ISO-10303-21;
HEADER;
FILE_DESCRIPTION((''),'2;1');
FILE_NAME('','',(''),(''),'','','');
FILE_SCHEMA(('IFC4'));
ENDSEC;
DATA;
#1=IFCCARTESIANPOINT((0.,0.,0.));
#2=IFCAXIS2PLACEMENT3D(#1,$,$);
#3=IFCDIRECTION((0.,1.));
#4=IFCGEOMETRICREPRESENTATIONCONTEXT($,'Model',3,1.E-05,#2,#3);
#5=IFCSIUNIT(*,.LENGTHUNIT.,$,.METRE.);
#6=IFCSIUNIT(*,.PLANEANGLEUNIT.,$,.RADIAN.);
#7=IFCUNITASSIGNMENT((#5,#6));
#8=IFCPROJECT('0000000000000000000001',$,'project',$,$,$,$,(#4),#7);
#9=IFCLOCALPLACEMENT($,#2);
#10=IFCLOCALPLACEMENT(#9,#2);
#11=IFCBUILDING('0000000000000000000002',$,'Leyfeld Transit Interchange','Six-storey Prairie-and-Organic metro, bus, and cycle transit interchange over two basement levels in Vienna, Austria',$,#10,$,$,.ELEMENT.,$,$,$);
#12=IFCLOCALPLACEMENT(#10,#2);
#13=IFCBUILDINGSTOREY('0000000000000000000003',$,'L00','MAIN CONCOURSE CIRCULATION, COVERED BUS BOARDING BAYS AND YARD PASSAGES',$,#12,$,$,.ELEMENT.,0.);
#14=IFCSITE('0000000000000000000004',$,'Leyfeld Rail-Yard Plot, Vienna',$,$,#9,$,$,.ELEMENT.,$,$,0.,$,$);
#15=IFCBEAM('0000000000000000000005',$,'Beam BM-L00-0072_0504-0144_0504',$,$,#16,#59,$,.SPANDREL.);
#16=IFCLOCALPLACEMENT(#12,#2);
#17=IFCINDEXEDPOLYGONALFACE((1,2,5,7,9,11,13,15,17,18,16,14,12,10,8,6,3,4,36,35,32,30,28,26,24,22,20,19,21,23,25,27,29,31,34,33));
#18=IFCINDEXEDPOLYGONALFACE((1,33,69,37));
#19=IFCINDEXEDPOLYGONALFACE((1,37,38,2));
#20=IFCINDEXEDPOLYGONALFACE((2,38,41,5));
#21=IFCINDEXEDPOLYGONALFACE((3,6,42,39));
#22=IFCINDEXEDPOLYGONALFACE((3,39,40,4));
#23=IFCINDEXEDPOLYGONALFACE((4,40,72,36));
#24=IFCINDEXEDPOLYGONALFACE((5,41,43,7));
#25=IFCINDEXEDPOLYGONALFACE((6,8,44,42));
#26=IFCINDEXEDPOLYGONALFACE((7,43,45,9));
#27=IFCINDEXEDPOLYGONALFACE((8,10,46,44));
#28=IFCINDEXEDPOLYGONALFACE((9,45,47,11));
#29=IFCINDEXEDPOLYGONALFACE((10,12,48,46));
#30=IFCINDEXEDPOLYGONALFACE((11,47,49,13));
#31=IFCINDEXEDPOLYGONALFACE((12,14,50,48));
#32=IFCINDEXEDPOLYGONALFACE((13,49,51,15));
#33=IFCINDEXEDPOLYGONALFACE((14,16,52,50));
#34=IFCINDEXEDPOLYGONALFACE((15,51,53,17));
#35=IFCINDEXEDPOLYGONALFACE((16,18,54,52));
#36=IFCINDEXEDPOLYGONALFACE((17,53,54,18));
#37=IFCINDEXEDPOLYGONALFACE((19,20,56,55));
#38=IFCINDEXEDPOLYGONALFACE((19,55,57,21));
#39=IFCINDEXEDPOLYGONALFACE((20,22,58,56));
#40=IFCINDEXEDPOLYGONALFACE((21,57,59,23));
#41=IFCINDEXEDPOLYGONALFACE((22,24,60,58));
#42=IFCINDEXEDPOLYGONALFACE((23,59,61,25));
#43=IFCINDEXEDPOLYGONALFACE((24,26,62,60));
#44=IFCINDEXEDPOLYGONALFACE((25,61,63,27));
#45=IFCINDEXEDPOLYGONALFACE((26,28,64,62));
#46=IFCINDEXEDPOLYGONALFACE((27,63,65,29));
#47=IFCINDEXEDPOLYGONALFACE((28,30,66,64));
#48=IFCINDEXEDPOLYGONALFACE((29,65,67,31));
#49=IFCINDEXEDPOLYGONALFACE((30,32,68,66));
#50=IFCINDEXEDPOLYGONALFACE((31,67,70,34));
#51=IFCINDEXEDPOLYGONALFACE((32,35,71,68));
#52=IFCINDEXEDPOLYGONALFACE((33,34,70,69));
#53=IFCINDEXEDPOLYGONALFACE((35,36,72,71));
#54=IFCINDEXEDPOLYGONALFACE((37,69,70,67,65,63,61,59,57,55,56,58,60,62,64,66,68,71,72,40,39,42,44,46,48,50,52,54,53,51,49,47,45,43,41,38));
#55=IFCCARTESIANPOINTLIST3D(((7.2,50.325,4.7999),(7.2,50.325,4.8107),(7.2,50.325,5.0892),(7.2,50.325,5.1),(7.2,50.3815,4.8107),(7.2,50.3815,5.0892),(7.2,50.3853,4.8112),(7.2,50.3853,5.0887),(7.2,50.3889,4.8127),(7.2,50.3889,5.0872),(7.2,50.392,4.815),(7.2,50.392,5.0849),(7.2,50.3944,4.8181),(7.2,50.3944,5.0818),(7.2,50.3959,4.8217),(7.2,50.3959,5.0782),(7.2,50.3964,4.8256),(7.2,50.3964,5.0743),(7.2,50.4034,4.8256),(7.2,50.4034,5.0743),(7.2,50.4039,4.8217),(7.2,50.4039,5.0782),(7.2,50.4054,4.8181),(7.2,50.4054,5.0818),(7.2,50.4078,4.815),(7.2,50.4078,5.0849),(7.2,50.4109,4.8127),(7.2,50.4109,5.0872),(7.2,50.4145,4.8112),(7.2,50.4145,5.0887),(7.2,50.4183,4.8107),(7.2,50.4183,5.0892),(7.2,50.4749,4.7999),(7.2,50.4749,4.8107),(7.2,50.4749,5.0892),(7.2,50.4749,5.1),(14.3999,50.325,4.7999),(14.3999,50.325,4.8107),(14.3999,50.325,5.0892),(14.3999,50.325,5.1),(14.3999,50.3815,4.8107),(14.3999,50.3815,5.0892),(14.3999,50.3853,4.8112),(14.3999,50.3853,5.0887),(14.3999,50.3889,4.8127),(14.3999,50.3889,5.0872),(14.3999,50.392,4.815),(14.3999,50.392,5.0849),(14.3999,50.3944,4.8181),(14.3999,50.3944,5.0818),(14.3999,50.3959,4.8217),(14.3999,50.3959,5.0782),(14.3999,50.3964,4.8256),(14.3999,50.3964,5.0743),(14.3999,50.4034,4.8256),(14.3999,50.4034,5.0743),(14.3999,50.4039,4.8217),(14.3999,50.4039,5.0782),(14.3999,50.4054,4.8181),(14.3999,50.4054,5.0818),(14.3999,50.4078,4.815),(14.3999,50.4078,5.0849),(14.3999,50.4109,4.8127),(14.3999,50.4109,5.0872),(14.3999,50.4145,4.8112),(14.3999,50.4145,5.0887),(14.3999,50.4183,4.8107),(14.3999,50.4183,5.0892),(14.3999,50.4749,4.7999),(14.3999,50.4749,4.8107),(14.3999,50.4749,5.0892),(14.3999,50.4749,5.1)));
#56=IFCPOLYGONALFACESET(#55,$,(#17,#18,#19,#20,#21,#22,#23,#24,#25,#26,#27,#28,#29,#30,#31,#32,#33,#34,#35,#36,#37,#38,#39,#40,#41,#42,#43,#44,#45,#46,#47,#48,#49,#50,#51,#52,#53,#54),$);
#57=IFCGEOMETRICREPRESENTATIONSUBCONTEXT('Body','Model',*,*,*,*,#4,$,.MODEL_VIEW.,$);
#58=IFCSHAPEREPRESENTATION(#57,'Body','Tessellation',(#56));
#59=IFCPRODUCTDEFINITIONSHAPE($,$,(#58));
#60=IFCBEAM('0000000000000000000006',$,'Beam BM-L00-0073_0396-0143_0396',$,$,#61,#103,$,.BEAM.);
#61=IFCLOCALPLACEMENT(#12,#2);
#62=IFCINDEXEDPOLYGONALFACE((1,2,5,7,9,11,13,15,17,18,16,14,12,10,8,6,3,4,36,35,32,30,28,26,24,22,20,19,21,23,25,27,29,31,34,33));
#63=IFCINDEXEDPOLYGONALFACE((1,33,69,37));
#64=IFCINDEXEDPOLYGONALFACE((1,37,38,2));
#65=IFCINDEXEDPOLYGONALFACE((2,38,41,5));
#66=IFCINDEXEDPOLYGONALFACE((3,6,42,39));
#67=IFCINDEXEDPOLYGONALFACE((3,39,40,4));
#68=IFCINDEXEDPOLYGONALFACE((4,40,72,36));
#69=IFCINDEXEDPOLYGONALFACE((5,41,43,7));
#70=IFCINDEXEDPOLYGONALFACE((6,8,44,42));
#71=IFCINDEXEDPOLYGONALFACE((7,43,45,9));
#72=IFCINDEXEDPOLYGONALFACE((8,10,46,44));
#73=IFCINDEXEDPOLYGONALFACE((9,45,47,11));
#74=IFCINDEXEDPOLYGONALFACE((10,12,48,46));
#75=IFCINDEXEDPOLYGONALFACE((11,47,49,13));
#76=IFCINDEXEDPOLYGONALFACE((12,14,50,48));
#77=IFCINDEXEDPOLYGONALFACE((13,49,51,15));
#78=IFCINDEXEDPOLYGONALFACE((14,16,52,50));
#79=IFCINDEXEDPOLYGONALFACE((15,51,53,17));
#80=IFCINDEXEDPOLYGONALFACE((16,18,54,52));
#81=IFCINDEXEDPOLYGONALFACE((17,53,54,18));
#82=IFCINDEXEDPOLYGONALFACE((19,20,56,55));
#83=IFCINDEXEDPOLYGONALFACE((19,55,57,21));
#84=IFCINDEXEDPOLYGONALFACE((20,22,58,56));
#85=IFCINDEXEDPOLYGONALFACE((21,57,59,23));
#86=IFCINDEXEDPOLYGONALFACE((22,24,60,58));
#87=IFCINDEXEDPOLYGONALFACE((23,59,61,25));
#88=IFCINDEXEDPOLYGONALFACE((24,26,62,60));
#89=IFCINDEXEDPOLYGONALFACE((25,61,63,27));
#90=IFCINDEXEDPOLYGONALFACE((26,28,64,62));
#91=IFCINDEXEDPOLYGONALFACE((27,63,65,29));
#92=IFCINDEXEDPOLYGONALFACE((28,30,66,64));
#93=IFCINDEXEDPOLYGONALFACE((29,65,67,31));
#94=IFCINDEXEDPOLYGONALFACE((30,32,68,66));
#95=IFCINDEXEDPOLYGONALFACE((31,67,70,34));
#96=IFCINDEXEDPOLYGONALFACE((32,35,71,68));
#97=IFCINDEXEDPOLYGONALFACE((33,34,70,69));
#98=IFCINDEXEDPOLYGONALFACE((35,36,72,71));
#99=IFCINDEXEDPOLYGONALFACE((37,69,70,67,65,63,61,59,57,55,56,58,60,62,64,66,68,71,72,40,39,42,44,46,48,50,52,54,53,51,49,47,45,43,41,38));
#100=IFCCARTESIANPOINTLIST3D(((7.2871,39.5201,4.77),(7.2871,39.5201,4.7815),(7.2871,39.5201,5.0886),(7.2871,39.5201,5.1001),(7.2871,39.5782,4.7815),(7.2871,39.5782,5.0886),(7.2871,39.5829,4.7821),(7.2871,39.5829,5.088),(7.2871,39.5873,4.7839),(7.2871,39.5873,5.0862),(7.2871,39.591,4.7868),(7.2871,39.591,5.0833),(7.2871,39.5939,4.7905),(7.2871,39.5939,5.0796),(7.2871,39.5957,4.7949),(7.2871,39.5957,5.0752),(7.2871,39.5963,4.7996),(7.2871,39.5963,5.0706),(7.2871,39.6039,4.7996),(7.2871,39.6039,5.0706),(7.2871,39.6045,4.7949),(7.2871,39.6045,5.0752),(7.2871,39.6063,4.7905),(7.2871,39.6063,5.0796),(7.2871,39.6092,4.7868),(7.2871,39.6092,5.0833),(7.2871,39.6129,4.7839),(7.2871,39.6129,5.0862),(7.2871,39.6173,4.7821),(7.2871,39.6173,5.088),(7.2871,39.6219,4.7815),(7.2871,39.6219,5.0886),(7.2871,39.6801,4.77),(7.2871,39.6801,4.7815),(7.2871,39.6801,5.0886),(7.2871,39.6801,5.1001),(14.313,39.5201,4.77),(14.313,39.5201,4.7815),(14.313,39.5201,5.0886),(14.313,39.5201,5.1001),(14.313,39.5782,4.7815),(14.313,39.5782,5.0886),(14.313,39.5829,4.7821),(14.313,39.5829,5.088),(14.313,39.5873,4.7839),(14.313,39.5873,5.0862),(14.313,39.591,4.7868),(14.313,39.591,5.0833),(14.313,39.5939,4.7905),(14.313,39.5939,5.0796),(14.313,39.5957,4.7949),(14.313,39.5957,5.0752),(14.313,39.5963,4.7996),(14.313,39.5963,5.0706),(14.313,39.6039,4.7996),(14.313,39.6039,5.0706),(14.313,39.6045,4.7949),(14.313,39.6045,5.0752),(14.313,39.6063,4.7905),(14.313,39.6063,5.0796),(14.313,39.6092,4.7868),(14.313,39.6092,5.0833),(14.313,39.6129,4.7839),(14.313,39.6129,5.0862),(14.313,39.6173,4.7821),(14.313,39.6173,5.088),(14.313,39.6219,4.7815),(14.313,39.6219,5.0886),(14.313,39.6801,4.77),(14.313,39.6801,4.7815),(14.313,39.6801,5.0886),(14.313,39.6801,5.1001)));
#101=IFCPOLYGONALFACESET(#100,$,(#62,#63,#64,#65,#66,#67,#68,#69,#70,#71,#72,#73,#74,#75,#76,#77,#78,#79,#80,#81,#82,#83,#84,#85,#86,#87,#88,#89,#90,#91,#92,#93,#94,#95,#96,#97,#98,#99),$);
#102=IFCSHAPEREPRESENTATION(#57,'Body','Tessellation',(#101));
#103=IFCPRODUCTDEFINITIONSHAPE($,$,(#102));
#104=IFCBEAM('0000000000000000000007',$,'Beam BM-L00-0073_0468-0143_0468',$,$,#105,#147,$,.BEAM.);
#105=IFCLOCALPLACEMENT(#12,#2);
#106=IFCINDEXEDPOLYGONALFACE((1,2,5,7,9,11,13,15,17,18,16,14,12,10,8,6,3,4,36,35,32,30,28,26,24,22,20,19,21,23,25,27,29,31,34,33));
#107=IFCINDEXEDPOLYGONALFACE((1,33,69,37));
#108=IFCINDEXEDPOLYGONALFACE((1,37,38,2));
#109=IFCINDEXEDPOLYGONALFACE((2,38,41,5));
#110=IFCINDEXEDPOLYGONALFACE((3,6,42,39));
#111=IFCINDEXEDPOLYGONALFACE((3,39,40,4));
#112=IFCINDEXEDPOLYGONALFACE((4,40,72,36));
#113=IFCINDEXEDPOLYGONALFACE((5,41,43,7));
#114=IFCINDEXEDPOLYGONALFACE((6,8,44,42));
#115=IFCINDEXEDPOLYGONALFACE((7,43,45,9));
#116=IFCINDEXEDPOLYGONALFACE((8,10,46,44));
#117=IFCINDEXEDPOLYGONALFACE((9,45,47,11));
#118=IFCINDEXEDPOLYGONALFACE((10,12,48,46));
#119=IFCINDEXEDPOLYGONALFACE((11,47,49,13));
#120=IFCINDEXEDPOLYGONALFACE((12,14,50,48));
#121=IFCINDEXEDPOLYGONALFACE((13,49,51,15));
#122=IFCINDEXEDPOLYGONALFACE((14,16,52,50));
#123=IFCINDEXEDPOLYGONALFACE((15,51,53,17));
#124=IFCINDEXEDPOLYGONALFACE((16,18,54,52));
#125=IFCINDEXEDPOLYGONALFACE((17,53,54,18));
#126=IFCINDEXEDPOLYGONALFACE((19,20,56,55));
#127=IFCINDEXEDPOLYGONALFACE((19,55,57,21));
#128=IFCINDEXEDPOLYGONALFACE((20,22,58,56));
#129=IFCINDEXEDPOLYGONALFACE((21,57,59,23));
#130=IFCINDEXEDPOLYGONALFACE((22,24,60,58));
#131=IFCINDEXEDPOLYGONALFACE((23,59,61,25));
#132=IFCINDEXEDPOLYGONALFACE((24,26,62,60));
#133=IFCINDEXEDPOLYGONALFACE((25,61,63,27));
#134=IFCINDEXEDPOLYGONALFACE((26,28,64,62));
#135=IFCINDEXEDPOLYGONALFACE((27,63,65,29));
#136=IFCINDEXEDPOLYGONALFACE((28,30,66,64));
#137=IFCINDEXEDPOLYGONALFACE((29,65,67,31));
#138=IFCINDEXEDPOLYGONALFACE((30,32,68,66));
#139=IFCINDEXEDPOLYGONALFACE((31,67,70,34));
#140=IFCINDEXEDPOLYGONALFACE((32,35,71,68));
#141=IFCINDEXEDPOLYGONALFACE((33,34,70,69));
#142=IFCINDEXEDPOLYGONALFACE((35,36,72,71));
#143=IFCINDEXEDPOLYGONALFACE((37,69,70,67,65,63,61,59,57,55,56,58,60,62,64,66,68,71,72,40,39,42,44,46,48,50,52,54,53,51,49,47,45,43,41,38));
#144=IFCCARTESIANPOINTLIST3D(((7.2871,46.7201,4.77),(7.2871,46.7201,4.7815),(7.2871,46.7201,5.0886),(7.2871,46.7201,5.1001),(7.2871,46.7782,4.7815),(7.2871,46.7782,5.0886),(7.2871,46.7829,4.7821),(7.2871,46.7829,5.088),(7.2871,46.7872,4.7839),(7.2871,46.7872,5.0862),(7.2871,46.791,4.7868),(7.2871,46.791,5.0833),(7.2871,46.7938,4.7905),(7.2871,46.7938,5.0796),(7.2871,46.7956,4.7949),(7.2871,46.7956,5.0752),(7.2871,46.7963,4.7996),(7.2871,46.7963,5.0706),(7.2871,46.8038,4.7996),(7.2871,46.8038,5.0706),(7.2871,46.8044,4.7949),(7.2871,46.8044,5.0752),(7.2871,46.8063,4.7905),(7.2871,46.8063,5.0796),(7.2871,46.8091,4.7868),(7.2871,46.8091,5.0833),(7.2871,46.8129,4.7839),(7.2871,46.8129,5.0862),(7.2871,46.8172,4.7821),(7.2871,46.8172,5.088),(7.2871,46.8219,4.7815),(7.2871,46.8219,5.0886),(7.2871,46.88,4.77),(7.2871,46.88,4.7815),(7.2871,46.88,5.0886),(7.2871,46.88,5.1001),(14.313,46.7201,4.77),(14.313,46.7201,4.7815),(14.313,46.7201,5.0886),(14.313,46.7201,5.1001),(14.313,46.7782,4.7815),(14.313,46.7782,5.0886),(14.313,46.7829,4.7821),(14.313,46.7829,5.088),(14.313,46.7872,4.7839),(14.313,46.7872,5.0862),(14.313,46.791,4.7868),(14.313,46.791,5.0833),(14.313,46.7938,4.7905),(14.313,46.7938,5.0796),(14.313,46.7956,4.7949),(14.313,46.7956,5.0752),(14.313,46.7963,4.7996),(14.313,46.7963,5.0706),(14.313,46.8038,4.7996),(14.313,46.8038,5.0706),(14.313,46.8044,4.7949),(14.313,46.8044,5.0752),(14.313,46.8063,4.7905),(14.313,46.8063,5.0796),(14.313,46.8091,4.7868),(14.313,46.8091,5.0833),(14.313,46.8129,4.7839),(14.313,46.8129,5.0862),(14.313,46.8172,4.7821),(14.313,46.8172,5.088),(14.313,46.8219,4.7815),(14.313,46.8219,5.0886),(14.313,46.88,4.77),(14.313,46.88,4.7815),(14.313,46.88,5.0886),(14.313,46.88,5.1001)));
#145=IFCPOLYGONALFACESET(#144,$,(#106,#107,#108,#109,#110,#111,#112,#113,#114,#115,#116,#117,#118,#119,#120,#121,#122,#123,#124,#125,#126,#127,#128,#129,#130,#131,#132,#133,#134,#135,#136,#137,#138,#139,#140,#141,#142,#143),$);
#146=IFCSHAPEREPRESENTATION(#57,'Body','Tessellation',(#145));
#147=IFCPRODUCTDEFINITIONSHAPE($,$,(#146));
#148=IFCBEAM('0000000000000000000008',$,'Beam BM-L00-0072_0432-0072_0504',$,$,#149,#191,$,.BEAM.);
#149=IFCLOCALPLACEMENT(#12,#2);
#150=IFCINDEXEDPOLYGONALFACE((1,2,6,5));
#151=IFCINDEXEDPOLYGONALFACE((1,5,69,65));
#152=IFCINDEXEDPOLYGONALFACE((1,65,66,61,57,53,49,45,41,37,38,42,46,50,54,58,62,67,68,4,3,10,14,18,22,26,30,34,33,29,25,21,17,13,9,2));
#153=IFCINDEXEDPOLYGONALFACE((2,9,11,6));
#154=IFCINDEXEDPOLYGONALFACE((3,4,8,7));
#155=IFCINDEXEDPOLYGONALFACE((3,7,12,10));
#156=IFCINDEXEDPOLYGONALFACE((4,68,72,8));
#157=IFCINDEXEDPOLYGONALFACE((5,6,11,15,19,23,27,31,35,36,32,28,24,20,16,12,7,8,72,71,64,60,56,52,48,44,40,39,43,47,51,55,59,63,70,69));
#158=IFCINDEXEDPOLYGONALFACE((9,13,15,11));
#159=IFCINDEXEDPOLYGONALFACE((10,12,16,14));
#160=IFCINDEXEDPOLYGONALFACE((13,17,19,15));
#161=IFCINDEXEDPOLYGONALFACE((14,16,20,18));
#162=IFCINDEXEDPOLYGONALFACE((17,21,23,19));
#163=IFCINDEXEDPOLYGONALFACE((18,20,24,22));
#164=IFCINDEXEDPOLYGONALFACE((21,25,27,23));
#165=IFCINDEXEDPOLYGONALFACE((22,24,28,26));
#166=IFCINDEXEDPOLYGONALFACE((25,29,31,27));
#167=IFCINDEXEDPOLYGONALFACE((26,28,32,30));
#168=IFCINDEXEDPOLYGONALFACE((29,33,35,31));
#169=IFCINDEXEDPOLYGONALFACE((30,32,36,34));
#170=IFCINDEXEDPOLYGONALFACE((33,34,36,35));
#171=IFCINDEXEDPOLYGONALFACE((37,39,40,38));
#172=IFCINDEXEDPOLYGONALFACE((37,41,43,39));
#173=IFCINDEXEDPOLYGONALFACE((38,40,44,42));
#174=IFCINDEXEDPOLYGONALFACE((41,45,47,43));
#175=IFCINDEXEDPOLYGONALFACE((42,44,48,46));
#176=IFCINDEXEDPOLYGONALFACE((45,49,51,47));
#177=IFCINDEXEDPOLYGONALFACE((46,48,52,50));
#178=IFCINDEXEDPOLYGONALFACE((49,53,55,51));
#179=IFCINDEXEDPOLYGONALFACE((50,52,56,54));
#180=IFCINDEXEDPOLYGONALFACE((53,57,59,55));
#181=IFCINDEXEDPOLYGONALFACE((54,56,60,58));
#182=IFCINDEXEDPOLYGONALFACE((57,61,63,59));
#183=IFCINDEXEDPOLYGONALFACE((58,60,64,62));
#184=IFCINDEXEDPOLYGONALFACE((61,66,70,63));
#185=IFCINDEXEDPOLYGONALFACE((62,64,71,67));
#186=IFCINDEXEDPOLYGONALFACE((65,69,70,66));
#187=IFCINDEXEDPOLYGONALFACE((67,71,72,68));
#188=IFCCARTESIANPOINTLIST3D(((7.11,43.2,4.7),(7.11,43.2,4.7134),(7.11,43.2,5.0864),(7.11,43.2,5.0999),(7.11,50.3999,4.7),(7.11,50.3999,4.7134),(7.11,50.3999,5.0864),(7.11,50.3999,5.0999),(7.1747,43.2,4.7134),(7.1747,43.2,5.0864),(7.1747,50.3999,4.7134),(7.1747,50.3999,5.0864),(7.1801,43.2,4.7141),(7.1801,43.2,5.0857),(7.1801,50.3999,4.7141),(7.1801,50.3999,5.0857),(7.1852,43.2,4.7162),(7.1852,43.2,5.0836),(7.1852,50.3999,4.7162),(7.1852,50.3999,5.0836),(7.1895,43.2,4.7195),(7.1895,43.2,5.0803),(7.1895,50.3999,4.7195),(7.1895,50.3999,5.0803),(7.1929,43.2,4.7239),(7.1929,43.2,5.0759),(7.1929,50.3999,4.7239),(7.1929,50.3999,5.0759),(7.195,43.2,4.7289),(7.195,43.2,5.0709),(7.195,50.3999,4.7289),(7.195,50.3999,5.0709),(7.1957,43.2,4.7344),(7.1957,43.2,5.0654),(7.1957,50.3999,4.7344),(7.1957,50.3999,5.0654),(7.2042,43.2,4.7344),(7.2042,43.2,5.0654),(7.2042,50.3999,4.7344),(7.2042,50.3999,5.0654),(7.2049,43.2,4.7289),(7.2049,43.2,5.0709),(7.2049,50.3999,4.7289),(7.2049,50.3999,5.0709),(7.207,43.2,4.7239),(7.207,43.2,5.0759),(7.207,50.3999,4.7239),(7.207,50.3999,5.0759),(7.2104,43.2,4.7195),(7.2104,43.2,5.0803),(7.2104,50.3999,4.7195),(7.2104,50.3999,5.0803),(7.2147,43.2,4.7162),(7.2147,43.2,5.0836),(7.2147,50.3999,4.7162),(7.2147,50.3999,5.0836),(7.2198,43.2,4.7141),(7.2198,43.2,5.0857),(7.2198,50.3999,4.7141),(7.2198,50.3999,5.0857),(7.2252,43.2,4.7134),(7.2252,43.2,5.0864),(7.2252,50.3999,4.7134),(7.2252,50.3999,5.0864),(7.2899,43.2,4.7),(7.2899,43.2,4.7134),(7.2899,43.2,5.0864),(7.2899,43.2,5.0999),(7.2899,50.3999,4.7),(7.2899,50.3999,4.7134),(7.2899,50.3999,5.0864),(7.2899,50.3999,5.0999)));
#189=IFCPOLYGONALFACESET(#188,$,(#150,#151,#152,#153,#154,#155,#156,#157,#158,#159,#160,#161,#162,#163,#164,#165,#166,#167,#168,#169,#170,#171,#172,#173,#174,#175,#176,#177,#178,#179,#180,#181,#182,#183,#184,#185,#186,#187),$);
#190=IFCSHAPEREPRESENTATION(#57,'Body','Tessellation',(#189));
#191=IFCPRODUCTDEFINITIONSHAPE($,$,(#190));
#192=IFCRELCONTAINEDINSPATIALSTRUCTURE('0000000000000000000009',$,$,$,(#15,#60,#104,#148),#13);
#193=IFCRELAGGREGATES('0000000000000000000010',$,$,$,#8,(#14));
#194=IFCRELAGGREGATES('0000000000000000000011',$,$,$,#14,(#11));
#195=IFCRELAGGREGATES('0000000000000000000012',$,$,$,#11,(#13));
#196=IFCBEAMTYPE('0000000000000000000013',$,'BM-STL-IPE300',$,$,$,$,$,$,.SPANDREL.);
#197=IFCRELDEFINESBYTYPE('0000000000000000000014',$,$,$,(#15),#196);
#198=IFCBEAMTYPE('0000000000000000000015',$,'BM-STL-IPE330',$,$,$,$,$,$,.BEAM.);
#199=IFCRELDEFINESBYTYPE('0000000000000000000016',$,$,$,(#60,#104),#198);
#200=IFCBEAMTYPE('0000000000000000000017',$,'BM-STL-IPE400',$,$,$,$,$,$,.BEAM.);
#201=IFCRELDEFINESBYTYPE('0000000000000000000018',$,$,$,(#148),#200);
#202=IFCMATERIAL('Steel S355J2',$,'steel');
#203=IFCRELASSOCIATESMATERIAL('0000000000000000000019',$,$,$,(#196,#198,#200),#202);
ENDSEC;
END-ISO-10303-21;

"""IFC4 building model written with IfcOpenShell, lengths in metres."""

from ifc_helpers import new_model, si_unit, direction, frame, origin, origin_2d, place, context, subcontext, project, spatial, i_section, extrude, material, material_profile, profile_set, type_object, element, save


model = new_model("IFC4")

# Units and contexts
model_context = context("Model", 3, precision=1e-05, world=origin(), true_north=direction((0.0, 1.0)))
body_context = subcontext(model_context, "Body", "Model", "MODEL_VIEW")
ifc_project = project(units=[si_unit("LENGTHUNIT", "METRE"), si_unit("PLANEANGLEUNIT", "RADIAN")], contexts=[model_context])

# Site, building, storey
site_placement = place(None, origin())
site = spatial("IfcSite", under=ifc_project, at=site_placement, Name="Leyfeld Rail-Yard Plot, Vienna", CompositionType="ELEMENT", RefElevation=0.0)
building_placement = place(site_placement, origin())
building = spatial("IfcBuilding", under=site, at=building_placement, Name="Leyfeld Transit Interchange", Description="Six-storey Prairie-and-Organic metro, bus, and cycle transit interchange over two basement levels in Vienna, Austria", CompositionType="ELEMENT")
storey_placement = place(building_placement, origin())
storey = spatial("IfcBuildingStorey", under=building, at=storey_placement, Name="L00", Description="MAIN CONCOURSE CIRCULATION, COVERED BUS BOARDING BAYS AND YARD PASSAGES", CompositionType="ELEMENT", Elevation=0.0)

# Shared definitions
ifc_material_1 = material(Name="Steel S355J2", Category="steel")

# Beams
ifc_material_profile_1 = material_profile(ifc_material_1, i_section(OverallWidth=0.1499, OverallDepth=0.3, WebThickness=0.0071, FlangeThickness=0.0107, FilletRadius=0.0149, at=origin_2d()), Name="IPE 300")
ifc_profile_set_1 = profile_set([ifc_material_profile_1], Name="Steel S355J2")
beam_type_1 = type_object("IfcBeamType", Name="BM-STL-IPE300", PredefinedType="SPANDREL", material=ifc_profile_set_1)
beam_1_placement = place(storey_placement, frame((7.2, 50.3999, 4.95), z_axis=(1.0, 0.0, 0.0), x_axis=(0.0, 1.0, 0.0)))
element("IfcBeam", 1, at=beam_1_placement, inside=storey, type_object=beam_type_1, Name="Beam BM-L00-0072_0504-0144_0504", PredefinedType="SPANDREL", context=body_context, shape_type="SweptSolid", body=[
    extrude(i_section(OverallWidth=0.1499, OverallDepth=0.3, WebThickness=0.0071, FlangeThickness=0.0107, FilletRadius=0.0149, at=origin_2d()), origin(), (0.0, 0.0, 1.0), 7.2),
])
ifc_material_profile_2 = material_profile(ifc_material_1, i_section(OverallWidth=0.1599, OverallDepth=0.3301, WebThickness=0.0076, FlangeThickness=0.0115, FilletRadius=0.0181, at=origin_2d()), Name="IPE 330")
ifc_profile_set_2 = profile_set([ifc_material_profile_2], Name="Steel S355J2")
beam_type_2 = type_object("IfcBeamType", Name="BM-STL-IPE330", PredefinedType="BEAM", material=ifc_profile_set_2)
for number, where, z_axis, x_axis, name in (
    (2, (7.2871, 39.6001, 4.9351), (1.0, 0.0, 0.0), (0.0, 1.0, 0.0), "Beam BM-L00-0073_0396-0143_0396"),
    (3, (7.2871, 46.8, 4.9351), (1.0, 0.0, 0.0), (0.0, 1.0, 0.0), "Beam BM-L00-0073_0468-0143_0468"),
):
    element("IfcBeam", number, at=place(storey_placement, frame(where, z_axis=z_axis, x_axis=x_axis)), inside=storey, type_object=beam_type_2, Name=name, PredefinedType="BEAM", context=body_context, shape_type="SweptSolid", body=[
        extrude(i_section(OverallWidth=0.1599, OverallDepth=0.3301, WebThickness=0.0076, FlangeThickness=0.0115, FilletRadius=0.0181, at=origin_2d()), origin(), (0.0, 0.0, 1.0), 7.0259),
    ])
ifc_material_profile_3 = material_profile(ifc_material_1, i_section(OverallWidth=0.1799, OverallDepth=0.3999, WebThickness=0.0085, FlangeThickness=0.0134, FilletRadius=0.021, at=origin_2d()), Name="IPE 400")
ifc_profile_set_3 = profile_set([ifc_material_profile_3], Name="Steel S355J2")
beam_type_3 = type_object("IfcBeamType", Name="BM-STL-IPE400", PredefinedType="BEAM", material=ifc_profile_set_3)
for number, where, z_axis, x_axis, name in (
    (4, (7.2, 43.2, 4.8999), (0.0, 1.0, 0.0), (-1.0, 0.0, 0.0), "Beam BM-L00-0072_0432-0072_0504"),
):
    element("IfcBeam", number, at=place(storey_placement, frame(where, z_axis=z_axis, x_axis=x_axis)), inside=storey, type_object=beam_type_3, Name=name, PredefinedType="BEAM", context=body_context, shape_type="SweptSolid", body=[
        extrude(i_section(OverallWidth=0.1799, OverallDepth=0.3999, WebThickness=0.0085, FlangeThickness=0.0134, FilletRadius=0.021, at=origin_2d()), origin(), (0.0, 0.0, 1.0), 7.2),
    ])

save(model, "model.ifc")
